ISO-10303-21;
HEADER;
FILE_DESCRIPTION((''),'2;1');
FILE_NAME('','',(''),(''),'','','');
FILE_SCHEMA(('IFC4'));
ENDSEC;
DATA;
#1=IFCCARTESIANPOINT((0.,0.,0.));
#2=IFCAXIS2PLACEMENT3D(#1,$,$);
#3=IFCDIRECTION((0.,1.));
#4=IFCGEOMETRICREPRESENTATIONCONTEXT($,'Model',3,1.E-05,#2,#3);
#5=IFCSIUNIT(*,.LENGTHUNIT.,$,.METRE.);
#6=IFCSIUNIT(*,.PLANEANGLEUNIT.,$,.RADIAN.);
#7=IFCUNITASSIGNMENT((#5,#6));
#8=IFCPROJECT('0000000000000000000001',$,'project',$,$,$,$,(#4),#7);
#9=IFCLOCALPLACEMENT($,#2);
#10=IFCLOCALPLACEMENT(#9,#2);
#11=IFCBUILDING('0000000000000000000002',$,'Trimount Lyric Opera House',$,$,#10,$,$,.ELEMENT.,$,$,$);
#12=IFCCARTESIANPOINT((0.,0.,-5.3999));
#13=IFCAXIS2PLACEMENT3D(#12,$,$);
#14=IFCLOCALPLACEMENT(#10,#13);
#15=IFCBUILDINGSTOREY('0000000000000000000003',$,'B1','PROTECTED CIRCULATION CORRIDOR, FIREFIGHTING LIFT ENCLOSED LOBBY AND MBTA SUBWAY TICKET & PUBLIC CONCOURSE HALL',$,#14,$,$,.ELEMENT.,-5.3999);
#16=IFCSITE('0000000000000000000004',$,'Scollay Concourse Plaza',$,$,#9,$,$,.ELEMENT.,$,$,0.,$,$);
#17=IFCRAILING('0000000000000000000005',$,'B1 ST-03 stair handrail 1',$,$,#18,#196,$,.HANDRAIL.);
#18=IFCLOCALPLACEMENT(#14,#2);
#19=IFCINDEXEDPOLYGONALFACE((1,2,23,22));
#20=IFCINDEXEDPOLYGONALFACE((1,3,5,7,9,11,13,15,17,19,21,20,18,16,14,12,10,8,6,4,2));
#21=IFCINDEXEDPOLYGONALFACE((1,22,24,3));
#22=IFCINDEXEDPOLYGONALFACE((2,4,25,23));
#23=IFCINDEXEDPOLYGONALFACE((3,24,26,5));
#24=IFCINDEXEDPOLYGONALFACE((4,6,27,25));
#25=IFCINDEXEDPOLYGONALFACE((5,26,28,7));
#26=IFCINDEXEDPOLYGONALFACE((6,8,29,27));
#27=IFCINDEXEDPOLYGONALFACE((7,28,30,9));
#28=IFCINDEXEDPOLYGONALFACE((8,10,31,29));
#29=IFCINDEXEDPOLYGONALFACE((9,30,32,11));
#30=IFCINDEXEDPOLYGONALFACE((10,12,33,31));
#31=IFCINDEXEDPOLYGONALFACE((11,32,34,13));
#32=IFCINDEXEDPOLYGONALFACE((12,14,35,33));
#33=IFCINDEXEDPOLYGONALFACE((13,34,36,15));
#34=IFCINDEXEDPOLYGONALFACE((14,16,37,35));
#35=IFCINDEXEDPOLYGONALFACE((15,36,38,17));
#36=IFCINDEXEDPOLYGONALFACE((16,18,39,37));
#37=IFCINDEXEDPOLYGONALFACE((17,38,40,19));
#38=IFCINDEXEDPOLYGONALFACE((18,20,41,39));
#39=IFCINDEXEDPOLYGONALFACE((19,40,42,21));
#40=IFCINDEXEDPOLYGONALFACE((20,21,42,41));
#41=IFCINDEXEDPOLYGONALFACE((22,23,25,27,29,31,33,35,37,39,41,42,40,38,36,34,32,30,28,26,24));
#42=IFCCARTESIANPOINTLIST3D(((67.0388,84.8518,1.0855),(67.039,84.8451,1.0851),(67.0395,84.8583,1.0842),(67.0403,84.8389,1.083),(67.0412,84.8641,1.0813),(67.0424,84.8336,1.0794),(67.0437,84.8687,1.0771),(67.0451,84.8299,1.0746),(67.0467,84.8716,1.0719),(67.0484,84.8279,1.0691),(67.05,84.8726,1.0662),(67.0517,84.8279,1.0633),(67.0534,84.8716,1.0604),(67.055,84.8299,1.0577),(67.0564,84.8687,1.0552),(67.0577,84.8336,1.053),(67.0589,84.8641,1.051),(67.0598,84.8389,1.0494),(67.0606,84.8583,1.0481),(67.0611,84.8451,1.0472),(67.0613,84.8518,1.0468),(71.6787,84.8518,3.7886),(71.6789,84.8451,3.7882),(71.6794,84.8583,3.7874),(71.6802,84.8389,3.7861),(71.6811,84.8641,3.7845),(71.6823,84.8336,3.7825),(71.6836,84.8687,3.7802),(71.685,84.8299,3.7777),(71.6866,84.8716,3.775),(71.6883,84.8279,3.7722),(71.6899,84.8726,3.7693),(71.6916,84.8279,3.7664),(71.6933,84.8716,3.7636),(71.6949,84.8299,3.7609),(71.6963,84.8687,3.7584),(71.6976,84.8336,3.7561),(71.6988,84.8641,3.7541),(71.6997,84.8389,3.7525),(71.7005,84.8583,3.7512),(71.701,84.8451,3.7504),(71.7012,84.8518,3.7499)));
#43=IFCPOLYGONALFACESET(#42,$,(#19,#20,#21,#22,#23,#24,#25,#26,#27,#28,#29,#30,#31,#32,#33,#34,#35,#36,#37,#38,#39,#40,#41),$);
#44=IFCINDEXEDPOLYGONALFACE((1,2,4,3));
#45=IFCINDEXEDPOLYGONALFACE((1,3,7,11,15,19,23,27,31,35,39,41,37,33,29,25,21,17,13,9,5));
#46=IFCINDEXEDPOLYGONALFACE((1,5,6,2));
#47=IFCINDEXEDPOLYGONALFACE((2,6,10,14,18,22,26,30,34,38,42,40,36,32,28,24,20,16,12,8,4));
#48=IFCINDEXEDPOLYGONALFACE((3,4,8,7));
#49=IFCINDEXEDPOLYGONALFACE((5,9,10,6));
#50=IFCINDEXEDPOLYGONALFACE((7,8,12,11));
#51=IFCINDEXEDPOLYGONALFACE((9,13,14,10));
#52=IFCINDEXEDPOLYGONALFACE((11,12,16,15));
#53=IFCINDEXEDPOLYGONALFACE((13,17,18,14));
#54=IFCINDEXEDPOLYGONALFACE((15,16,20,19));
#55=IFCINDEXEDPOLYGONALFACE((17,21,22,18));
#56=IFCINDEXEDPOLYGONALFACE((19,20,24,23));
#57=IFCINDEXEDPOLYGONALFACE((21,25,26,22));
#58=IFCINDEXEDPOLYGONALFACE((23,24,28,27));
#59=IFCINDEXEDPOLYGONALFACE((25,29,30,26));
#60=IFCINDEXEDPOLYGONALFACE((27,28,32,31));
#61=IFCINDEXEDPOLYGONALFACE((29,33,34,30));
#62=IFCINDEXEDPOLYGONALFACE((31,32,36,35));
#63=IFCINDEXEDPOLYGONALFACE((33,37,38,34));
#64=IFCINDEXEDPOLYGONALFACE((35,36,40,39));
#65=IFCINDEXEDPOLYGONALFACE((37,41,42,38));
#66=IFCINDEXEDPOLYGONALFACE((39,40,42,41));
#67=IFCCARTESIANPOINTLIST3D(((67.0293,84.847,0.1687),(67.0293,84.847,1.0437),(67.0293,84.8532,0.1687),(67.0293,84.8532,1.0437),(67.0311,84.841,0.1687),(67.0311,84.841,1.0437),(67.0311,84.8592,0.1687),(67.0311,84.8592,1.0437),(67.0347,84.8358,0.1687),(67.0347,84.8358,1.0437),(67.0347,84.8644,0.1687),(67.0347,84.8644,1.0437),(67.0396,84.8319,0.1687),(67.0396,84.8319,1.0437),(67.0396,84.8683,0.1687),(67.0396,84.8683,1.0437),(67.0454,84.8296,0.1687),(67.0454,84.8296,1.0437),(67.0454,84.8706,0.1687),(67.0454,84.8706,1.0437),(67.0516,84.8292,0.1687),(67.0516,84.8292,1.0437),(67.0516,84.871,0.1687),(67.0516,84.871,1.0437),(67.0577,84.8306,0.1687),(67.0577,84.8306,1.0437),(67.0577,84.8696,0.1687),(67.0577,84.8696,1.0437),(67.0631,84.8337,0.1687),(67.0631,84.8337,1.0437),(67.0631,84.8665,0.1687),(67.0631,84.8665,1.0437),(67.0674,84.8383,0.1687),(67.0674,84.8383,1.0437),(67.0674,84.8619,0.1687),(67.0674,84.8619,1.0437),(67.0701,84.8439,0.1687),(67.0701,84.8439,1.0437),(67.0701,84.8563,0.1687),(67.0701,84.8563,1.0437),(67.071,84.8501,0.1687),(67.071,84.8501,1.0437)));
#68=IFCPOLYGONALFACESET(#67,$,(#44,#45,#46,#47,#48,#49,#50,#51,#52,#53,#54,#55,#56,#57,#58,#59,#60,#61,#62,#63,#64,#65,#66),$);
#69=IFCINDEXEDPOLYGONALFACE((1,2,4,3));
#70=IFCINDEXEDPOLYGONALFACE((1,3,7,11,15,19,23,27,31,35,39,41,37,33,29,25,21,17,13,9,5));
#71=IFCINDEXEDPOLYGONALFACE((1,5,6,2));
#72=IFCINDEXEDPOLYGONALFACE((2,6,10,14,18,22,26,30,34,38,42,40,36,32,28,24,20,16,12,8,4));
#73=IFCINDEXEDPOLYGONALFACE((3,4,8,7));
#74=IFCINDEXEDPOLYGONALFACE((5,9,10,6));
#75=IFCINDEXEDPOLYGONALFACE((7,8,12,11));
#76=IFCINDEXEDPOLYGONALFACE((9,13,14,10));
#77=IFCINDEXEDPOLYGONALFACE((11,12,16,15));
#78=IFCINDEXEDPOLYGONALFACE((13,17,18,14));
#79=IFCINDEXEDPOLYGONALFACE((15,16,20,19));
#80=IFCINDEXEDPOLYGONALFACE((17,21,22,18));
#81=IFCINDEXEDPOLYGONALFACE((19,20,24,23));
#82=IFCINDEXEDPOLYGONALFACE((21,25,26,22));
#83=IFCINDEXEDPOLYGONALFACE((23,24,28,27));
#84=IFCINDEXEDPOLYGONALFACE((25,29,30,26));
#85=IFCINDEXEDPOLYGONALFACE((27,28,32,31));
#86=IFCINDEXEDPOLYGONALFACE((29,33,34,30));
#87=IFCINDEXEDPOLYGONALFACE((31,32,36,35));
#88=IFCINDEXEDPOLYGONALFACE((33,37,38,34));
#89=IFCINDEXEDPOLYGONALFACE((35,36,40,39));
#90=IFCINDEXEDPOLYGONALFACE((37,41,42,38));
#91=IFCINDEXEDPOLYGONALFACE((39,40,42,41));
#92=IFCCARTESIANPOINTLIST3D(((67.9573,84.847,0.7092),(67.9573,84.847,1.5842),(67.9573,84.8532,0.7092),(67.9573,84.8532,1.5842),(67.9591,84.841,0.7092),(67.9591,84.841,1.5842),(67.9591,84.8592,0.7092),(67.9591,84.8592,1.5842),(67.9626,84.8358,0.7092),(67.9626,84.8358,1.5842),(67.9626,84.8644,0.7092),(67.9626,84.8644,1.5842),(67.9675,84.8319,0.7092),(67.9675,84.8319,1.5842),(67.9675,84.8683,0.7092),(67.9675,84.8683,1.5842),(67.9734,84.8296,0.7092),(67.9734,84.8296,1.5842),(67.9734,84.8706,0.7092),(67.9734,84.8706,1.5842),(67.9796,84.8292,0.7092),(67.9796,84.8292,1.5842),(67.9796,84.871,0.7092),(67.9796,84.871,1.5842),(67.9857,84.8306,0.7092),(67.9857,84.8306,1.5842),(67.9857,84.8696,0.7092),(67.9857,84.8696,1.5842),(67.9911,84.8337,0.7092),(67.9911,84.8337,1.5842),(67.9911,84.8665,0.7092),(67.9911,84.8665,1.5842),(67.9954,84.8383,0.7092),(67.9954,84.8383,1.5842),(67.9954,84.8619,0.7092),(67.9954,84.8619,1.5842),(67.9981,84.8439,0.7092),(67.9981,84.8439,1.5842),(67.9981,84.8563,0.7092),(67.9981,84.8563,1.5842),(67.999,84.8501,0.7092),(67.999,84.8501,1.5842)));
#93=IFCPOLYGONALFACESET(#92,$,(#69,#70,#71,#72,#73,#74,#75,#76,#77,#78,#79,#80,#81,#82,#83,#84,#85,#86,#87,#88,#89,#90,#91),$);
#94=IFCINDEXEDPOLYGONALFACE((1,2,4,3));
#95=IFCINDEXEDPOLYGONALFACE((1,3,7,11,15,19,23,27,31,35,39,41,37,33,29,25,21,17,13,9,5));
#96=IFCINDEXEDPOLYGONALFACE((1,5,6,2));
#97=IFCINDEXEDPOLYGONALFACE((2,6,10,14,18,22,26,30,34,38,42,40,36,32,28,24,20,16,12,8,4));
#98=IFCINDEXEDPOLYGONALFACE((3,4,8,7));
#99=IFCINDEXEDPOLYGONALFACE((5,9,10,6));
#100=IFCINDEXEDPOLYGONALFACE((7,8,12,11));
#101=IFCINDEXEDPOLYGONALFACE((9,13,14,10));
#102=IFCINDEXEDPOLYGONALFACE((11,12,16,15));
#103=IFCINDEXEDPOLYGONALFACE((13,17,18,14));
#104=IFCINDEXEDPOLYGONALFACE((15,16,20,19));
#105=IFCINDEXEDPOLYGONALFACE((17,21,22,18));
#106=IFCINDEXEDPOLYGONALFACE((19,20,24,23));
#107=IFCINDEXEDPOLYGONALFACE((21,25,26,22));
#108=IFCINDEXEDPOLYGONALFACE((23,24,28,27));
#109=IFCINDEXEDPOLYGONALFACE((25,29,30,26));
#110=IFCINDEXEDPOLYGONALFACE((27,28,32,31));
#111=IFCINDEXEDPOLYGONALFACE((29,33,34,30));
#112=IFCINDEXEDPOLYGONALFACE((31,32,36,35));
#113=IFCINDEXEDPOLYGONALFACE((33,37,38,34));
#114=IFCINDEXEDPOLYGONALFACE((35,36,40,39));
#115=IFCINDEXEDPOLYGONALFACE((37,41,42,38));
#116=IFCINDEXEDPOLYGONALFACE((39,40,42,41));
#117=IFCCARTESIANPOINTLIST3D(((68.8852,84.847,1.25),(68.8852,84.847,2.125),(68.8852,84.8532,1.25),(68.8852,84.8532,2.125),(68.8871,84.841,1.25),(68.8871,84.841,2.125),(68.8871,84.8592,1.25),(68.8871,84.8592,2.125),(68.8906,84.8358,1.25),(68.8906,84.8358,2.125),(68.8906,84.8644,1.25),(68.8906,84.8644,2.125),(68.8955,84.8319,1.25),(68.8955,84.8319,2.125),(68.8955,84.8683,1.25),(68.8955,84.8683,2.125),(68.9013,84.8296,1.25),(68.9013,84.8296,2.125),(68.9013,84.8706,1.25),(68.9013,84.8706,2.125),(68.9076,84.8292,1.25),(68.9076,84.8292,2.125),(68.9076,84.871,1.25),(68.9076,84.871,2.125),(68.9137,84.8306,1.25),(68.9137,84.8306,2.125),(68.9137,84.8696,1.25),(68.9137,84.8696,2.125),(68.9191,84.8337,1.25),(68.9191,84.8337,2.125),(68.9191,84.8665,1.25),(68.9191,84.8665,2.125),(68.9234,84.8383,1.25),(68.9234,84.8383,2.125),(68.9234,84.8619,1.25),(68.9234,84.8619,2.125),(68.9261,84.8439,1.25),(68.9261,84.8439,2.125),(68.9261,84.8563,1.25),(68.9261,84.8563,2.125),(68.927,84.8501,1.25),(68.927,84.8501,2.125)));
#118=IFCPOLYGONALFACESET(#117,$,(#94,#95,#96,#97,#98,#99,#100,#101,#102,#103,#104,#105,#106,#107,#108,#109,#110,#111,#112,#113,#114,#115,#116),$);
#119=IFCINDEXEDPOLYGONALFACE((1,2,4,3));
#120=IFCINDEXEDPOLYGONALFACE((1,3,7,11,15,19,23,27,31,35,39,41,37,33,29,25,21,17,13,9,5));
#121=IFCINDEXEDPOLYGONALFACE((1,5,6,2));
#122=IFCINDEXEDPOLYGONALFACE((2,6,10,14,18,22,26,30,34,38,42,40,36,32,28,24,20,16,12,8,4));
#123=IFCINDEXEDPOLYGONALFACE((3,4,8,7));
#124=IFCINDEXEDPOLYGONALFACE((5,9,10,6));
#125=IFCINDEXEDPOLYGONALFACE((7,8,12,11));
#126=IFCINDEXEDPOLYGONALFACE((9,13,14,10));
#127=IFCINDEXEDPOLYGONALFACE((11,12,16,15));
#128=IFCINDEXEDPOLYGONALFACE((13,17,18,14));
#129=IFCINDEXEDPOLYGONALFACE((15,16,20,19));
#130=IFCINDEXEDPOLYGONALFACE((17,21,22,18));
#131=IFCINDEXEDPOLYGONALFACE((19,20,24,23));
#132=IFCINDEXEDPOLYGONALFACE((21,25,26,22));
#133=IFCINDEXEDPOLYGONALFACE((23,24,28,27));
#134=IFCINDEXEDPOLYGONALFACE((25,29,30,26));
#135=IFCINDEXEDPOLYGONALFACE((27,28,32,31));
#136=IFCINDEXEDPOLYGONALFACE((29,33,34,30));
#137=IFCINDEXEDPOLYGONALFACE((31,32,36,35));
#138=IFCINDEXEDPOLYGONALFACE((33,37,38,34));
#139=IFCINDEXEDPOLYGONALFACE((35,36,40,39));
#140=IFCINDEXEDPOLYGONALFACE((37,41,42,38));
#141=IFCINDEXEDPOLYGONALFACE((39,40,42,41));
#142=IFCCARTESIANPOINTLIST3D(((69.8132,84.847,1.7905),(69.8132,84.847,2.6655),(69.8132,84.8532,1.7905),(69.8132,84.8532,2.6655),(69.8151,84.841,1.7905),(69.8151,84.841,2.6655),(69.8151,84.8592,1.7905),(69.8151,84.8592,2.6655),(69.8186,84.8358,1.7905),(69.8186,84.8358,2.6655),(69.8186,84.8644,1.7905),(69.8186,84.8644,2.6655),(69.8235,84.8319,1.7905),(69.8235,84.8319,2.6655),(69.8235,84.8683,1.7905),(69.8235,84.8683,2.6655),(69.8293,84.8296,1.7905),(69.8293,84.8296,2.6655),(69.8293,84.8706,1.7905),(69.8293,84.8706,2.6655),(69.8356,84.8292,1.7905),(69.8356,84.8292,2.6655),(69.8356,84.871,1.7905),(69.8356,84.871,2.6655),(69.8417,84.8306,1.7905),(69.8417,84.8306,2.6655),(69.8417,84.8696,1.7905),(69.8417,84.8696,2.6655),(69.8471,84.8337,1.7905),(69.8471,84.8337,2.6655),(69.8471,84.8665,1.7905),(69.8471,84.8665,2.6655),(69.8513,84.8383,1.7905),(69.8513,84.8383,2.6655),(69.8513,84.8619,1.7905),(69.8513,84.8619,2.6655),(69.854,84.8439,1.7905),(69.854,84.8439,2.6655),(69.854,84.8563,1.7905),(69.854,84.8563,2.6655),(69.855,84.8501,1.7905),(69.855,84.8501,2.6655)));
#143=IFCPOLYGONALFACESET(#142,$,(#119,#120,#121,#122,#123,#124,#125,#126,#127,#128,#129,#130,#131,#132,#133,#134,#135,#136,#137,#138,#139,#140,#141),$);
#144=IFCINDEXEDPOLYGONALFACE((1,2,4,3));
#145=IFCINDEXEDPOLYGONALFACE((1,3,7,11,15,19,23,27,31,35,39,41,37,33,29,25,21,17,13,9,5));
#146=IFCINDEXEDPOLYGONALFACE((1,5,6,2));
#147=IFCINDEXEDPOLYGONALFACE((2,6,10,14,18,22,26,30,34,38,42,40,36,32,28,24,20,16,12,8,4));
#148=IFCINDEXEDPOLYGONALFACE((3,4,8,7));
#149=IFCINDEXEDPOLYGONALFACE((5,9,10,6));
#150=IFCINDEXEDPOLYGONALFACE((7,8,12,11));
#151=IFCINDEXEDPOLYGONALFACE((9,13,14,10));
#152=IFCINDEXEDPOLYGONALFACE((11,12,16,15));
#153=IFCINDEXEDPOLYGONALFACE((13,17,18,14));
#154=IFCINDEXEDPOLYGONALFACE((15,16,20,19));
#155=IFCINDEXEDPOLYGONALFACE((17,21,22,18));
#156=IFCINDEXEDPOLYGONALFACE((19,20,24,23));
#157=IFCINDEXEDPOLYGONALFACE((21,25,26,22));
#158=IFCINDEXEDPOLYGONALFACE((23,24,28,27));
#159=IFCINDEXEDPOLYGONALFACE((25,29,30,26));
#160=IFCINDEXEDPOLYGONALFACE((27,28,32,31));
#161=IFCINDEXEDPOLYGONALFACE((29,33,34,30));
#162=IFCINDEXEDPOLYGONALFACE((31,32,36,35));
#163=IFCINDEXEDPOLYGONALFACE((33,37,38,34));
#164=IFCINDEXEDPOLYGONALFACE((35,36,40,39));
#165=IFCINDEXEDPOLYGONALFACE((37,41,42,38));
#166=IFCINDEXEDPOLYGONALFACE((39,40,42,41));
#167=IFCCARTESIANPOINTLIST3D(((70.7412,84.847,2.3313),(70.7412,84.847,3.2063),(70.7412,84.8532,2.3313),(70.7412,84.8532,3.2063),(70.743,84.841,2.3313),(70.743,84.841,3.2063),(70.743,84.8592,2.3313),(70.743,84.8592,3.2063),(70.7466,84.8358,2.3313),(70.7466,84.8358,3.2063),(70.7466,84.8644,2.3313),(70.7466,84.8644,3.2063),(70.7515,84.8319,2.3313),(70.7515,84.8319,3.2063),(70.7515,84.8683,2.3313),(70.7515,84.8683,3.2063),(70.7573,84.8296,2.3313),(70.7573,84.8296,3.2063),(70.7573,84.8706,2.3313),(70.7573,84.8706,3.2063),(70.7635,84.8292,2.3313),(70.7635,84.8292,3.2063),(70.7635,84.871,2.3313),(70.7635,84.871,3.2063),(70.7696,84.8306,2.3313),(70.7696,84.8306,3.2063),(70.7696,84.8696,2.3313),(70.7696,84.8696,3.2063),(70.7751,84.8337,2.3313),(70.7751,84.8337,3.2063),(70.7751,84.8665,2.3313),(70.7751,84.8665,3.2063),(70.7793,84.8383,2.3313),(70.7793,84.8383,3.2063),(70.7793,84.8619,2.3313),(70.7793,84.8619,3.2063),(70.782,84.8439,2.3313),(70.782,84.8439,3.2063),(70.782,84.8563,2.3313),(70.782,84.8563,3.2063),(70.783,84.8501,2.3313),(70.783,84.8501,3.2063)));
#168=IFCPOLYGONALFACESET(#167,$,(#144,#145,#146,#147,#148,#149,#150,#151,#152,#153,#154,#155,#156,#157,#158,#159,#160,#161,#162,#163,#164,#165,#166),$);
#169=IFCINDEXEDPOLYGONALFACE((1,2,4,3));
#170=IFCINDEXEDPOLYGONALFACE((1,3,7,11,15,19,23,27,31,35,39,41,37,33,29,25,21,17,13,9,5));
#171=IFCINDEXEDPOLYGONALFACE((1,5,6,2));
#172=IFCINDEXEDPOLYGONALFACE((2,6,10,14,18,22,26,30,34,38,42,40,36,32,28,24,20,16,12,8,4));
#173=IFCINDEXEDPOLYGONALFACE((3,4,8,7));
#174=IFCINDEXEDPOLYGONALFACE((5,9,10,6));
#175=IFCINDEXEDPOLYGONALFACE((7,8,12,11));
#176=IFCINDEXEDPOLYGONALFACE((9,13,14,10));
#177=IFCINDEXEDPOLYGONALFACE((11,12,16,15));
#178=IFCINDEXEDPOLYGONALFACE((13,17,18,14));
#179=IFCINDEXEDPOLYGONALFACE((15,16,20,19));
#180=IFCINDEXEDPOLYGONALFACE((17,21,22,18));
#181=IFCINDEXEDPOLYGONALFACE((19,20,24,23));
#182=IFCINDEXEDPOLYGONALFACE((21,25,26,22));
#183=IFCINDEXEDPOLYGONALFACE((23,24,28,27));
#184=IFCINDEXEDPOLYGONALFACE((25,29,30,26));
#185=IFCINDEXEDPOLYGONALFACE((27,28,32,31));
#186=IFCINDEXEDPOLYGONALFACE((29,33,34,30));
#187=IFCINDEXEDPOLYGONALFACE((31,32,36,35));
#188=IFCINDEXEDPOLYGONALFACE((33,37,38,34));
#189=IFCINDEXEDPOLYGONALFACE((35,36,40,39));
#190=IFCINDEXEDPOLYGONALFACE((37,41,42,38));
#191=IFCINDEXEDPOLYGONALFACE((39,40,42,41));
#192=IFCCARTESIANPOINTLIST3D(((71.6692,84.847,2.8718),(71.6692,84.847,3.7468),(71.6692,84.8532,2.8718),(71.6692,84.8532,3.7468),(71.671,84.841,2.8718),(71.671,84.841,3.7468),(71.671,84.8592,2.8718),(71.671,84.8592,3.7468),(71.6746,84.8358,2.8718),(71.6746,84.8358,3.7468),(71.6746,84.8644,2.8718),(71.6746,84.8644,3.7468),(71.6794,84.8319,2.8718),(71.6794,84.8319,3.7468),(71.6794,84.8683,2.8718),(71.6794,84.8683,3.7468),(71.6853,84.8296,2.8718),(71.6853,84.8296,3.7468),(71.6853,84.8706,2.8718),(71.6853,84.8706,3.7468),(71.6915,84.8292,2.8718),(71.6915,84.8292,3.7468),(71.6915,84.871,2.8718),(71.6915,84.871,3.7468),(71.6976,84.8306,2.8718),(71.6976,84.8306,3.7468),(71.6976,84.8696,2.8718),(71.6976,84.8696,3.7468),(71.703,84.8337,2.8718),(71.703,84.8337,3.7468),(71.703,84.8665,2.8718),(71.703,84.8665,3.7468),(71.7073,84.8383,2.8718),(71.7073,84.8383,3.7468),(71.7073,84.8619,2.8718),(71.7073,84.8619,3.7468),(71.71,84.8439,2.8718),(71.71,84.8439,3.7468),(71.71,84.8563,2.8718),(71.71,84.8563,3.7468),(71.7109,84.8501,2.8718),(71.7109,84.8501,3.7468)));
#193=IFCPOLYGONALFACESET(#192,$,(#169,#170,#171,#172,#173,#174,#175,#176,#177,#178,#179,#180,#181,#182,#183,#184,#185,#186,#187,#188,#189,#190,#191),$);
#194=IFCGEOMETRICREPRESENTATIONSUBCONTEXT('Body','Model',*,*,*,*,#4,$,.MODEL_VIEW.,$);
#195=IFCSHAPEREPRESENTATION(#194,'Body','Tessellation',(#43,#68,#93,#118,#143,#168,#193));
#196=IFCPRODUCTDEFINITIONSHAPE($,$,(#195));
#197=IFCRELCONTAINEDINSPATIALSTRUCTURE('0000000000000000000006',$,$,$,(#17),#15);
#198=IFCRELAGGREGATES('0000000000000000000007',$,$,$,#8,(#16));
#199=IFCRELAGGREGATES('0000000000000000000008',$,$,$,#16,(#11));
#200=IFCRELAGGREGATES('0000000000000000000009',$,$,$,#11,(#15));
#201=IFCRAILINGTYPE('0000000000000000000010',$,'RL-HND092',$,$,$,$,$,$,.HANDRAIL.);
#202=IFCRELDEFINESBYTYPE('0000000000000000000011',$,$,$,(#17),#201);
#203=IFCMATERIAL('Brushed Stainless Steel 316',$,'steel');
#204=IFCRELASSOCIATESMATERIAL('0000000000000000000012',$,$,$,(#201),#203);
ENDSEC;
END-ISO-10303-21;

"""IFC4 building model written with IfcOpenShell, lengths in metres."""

from ifc_helpers import new_model, si_unit, direction, frame, origin, origin_2d, place, context, subcontext, project, spatial, circle, extrude, material, type_object, element, save


model = new_model("IFC4")

# Units and contexts
model_context = context("Model", 3, precision=1e-05, world=origin(), true_north=direction((0.0, 1.0)))
body_context = subcontext(model_context, "Body", "Model", "MODEL_VIEW")
ifc_project = project(units=[si_unit("LENGTHUNIT", "METRE"), si_unit("PLANEANGLEUNIT", "RADIAN")], contexts=[model_context])

# Site, building, storey
site_placement = place(None, origin())
site = spatial("IfcSite", under=ifc_project, at=site_placement, Name="Scollay Concourse Plaza", CompositionType="ELEMENT", RefElevation=0.0)
building_placement = place(site_placement, origin())
building = spatial("IfcBuilding", under=site, at=building_placement, Name="Trimount Lyric Opera House", CompositionType="ELEMENT")
storey_placement = place(building_placement, frame((0.0, 0.0, -5.3999)))
storey = spatial("IfcBuildingStorey", under=building, at=storey_placement, Name="B1", Description="PROTECTED CIRCULATION CORRIDOR, FIREFIGHTING LIFT ENCLOSED LOBBY AND MBTA SUBWAY TICKET & PUBLIC CONCOURSE HALL", CompositionType="ELEMENT", Elevation=-5.3999)

# Railing
ifc_material_1 = material(Name="Brushed Stainless Steel 316", Category="steel")
railing_type_1 = type_object("IfcRailingType", Name="RL-HND092", PredefinedType="HANDRAIL", material=ifc_material_1)
railing_1_placement = place(storey_placement, frame((67.05, 84.8501, 0.1687)))
element("IfcRailing", 1, at=railing_1_placement, inside=storey, type_object=railing_type_1, Name="B1 ST-03 stair handrail 1", PredefinedType="HANDRAIL", context=body_context, shape_type="SweptSolid", body=[
    extrude(circle(Radius=0.0225, at=origin_2d()), frame((0.0, 0.0, 0.8975), z_axis=(0.864061, 0.0, 0.503388), x_axis=(0.0, 1.0, 0.0)), (0.0, 0.0, 1.0), 5.3699),
    extrude(circle(Radius=0.021, at=origin_2d()), origin(), (0.0, 0.0, 1.0), 0.875),
    extrude(circle(Radius=0.021, at=origin_2d()), frame((0.928, 0.0, 0.5405)), (0.0, 0.0, 1.0), 0.875),
    extrude(circle(Radius=0.021, at=origin_2d()), frame((1.856, 0.0, 1.0813)), (0.0, 0.0, 1.0), 0.875),
    extrude(circle(Radius=0.021, at=origin_2d()), frame((2.7839, 0.0, 1.6218)), (0.0, 0.0, 1.0), 0.875),
    extrude(circle(Radius=0.021, at=origin_2d()), frame((3.7119, 0.0, 2.1626)), (0.0, 0.0, 1.0), 0.875),
    extrude(circle(Radius=0.021, at=origin_2d()), frame((4.6399, 0.0, 2.7031)), (0.0, 0.0, 1.0), 0.875),
])

save(model, "model.ifc")
